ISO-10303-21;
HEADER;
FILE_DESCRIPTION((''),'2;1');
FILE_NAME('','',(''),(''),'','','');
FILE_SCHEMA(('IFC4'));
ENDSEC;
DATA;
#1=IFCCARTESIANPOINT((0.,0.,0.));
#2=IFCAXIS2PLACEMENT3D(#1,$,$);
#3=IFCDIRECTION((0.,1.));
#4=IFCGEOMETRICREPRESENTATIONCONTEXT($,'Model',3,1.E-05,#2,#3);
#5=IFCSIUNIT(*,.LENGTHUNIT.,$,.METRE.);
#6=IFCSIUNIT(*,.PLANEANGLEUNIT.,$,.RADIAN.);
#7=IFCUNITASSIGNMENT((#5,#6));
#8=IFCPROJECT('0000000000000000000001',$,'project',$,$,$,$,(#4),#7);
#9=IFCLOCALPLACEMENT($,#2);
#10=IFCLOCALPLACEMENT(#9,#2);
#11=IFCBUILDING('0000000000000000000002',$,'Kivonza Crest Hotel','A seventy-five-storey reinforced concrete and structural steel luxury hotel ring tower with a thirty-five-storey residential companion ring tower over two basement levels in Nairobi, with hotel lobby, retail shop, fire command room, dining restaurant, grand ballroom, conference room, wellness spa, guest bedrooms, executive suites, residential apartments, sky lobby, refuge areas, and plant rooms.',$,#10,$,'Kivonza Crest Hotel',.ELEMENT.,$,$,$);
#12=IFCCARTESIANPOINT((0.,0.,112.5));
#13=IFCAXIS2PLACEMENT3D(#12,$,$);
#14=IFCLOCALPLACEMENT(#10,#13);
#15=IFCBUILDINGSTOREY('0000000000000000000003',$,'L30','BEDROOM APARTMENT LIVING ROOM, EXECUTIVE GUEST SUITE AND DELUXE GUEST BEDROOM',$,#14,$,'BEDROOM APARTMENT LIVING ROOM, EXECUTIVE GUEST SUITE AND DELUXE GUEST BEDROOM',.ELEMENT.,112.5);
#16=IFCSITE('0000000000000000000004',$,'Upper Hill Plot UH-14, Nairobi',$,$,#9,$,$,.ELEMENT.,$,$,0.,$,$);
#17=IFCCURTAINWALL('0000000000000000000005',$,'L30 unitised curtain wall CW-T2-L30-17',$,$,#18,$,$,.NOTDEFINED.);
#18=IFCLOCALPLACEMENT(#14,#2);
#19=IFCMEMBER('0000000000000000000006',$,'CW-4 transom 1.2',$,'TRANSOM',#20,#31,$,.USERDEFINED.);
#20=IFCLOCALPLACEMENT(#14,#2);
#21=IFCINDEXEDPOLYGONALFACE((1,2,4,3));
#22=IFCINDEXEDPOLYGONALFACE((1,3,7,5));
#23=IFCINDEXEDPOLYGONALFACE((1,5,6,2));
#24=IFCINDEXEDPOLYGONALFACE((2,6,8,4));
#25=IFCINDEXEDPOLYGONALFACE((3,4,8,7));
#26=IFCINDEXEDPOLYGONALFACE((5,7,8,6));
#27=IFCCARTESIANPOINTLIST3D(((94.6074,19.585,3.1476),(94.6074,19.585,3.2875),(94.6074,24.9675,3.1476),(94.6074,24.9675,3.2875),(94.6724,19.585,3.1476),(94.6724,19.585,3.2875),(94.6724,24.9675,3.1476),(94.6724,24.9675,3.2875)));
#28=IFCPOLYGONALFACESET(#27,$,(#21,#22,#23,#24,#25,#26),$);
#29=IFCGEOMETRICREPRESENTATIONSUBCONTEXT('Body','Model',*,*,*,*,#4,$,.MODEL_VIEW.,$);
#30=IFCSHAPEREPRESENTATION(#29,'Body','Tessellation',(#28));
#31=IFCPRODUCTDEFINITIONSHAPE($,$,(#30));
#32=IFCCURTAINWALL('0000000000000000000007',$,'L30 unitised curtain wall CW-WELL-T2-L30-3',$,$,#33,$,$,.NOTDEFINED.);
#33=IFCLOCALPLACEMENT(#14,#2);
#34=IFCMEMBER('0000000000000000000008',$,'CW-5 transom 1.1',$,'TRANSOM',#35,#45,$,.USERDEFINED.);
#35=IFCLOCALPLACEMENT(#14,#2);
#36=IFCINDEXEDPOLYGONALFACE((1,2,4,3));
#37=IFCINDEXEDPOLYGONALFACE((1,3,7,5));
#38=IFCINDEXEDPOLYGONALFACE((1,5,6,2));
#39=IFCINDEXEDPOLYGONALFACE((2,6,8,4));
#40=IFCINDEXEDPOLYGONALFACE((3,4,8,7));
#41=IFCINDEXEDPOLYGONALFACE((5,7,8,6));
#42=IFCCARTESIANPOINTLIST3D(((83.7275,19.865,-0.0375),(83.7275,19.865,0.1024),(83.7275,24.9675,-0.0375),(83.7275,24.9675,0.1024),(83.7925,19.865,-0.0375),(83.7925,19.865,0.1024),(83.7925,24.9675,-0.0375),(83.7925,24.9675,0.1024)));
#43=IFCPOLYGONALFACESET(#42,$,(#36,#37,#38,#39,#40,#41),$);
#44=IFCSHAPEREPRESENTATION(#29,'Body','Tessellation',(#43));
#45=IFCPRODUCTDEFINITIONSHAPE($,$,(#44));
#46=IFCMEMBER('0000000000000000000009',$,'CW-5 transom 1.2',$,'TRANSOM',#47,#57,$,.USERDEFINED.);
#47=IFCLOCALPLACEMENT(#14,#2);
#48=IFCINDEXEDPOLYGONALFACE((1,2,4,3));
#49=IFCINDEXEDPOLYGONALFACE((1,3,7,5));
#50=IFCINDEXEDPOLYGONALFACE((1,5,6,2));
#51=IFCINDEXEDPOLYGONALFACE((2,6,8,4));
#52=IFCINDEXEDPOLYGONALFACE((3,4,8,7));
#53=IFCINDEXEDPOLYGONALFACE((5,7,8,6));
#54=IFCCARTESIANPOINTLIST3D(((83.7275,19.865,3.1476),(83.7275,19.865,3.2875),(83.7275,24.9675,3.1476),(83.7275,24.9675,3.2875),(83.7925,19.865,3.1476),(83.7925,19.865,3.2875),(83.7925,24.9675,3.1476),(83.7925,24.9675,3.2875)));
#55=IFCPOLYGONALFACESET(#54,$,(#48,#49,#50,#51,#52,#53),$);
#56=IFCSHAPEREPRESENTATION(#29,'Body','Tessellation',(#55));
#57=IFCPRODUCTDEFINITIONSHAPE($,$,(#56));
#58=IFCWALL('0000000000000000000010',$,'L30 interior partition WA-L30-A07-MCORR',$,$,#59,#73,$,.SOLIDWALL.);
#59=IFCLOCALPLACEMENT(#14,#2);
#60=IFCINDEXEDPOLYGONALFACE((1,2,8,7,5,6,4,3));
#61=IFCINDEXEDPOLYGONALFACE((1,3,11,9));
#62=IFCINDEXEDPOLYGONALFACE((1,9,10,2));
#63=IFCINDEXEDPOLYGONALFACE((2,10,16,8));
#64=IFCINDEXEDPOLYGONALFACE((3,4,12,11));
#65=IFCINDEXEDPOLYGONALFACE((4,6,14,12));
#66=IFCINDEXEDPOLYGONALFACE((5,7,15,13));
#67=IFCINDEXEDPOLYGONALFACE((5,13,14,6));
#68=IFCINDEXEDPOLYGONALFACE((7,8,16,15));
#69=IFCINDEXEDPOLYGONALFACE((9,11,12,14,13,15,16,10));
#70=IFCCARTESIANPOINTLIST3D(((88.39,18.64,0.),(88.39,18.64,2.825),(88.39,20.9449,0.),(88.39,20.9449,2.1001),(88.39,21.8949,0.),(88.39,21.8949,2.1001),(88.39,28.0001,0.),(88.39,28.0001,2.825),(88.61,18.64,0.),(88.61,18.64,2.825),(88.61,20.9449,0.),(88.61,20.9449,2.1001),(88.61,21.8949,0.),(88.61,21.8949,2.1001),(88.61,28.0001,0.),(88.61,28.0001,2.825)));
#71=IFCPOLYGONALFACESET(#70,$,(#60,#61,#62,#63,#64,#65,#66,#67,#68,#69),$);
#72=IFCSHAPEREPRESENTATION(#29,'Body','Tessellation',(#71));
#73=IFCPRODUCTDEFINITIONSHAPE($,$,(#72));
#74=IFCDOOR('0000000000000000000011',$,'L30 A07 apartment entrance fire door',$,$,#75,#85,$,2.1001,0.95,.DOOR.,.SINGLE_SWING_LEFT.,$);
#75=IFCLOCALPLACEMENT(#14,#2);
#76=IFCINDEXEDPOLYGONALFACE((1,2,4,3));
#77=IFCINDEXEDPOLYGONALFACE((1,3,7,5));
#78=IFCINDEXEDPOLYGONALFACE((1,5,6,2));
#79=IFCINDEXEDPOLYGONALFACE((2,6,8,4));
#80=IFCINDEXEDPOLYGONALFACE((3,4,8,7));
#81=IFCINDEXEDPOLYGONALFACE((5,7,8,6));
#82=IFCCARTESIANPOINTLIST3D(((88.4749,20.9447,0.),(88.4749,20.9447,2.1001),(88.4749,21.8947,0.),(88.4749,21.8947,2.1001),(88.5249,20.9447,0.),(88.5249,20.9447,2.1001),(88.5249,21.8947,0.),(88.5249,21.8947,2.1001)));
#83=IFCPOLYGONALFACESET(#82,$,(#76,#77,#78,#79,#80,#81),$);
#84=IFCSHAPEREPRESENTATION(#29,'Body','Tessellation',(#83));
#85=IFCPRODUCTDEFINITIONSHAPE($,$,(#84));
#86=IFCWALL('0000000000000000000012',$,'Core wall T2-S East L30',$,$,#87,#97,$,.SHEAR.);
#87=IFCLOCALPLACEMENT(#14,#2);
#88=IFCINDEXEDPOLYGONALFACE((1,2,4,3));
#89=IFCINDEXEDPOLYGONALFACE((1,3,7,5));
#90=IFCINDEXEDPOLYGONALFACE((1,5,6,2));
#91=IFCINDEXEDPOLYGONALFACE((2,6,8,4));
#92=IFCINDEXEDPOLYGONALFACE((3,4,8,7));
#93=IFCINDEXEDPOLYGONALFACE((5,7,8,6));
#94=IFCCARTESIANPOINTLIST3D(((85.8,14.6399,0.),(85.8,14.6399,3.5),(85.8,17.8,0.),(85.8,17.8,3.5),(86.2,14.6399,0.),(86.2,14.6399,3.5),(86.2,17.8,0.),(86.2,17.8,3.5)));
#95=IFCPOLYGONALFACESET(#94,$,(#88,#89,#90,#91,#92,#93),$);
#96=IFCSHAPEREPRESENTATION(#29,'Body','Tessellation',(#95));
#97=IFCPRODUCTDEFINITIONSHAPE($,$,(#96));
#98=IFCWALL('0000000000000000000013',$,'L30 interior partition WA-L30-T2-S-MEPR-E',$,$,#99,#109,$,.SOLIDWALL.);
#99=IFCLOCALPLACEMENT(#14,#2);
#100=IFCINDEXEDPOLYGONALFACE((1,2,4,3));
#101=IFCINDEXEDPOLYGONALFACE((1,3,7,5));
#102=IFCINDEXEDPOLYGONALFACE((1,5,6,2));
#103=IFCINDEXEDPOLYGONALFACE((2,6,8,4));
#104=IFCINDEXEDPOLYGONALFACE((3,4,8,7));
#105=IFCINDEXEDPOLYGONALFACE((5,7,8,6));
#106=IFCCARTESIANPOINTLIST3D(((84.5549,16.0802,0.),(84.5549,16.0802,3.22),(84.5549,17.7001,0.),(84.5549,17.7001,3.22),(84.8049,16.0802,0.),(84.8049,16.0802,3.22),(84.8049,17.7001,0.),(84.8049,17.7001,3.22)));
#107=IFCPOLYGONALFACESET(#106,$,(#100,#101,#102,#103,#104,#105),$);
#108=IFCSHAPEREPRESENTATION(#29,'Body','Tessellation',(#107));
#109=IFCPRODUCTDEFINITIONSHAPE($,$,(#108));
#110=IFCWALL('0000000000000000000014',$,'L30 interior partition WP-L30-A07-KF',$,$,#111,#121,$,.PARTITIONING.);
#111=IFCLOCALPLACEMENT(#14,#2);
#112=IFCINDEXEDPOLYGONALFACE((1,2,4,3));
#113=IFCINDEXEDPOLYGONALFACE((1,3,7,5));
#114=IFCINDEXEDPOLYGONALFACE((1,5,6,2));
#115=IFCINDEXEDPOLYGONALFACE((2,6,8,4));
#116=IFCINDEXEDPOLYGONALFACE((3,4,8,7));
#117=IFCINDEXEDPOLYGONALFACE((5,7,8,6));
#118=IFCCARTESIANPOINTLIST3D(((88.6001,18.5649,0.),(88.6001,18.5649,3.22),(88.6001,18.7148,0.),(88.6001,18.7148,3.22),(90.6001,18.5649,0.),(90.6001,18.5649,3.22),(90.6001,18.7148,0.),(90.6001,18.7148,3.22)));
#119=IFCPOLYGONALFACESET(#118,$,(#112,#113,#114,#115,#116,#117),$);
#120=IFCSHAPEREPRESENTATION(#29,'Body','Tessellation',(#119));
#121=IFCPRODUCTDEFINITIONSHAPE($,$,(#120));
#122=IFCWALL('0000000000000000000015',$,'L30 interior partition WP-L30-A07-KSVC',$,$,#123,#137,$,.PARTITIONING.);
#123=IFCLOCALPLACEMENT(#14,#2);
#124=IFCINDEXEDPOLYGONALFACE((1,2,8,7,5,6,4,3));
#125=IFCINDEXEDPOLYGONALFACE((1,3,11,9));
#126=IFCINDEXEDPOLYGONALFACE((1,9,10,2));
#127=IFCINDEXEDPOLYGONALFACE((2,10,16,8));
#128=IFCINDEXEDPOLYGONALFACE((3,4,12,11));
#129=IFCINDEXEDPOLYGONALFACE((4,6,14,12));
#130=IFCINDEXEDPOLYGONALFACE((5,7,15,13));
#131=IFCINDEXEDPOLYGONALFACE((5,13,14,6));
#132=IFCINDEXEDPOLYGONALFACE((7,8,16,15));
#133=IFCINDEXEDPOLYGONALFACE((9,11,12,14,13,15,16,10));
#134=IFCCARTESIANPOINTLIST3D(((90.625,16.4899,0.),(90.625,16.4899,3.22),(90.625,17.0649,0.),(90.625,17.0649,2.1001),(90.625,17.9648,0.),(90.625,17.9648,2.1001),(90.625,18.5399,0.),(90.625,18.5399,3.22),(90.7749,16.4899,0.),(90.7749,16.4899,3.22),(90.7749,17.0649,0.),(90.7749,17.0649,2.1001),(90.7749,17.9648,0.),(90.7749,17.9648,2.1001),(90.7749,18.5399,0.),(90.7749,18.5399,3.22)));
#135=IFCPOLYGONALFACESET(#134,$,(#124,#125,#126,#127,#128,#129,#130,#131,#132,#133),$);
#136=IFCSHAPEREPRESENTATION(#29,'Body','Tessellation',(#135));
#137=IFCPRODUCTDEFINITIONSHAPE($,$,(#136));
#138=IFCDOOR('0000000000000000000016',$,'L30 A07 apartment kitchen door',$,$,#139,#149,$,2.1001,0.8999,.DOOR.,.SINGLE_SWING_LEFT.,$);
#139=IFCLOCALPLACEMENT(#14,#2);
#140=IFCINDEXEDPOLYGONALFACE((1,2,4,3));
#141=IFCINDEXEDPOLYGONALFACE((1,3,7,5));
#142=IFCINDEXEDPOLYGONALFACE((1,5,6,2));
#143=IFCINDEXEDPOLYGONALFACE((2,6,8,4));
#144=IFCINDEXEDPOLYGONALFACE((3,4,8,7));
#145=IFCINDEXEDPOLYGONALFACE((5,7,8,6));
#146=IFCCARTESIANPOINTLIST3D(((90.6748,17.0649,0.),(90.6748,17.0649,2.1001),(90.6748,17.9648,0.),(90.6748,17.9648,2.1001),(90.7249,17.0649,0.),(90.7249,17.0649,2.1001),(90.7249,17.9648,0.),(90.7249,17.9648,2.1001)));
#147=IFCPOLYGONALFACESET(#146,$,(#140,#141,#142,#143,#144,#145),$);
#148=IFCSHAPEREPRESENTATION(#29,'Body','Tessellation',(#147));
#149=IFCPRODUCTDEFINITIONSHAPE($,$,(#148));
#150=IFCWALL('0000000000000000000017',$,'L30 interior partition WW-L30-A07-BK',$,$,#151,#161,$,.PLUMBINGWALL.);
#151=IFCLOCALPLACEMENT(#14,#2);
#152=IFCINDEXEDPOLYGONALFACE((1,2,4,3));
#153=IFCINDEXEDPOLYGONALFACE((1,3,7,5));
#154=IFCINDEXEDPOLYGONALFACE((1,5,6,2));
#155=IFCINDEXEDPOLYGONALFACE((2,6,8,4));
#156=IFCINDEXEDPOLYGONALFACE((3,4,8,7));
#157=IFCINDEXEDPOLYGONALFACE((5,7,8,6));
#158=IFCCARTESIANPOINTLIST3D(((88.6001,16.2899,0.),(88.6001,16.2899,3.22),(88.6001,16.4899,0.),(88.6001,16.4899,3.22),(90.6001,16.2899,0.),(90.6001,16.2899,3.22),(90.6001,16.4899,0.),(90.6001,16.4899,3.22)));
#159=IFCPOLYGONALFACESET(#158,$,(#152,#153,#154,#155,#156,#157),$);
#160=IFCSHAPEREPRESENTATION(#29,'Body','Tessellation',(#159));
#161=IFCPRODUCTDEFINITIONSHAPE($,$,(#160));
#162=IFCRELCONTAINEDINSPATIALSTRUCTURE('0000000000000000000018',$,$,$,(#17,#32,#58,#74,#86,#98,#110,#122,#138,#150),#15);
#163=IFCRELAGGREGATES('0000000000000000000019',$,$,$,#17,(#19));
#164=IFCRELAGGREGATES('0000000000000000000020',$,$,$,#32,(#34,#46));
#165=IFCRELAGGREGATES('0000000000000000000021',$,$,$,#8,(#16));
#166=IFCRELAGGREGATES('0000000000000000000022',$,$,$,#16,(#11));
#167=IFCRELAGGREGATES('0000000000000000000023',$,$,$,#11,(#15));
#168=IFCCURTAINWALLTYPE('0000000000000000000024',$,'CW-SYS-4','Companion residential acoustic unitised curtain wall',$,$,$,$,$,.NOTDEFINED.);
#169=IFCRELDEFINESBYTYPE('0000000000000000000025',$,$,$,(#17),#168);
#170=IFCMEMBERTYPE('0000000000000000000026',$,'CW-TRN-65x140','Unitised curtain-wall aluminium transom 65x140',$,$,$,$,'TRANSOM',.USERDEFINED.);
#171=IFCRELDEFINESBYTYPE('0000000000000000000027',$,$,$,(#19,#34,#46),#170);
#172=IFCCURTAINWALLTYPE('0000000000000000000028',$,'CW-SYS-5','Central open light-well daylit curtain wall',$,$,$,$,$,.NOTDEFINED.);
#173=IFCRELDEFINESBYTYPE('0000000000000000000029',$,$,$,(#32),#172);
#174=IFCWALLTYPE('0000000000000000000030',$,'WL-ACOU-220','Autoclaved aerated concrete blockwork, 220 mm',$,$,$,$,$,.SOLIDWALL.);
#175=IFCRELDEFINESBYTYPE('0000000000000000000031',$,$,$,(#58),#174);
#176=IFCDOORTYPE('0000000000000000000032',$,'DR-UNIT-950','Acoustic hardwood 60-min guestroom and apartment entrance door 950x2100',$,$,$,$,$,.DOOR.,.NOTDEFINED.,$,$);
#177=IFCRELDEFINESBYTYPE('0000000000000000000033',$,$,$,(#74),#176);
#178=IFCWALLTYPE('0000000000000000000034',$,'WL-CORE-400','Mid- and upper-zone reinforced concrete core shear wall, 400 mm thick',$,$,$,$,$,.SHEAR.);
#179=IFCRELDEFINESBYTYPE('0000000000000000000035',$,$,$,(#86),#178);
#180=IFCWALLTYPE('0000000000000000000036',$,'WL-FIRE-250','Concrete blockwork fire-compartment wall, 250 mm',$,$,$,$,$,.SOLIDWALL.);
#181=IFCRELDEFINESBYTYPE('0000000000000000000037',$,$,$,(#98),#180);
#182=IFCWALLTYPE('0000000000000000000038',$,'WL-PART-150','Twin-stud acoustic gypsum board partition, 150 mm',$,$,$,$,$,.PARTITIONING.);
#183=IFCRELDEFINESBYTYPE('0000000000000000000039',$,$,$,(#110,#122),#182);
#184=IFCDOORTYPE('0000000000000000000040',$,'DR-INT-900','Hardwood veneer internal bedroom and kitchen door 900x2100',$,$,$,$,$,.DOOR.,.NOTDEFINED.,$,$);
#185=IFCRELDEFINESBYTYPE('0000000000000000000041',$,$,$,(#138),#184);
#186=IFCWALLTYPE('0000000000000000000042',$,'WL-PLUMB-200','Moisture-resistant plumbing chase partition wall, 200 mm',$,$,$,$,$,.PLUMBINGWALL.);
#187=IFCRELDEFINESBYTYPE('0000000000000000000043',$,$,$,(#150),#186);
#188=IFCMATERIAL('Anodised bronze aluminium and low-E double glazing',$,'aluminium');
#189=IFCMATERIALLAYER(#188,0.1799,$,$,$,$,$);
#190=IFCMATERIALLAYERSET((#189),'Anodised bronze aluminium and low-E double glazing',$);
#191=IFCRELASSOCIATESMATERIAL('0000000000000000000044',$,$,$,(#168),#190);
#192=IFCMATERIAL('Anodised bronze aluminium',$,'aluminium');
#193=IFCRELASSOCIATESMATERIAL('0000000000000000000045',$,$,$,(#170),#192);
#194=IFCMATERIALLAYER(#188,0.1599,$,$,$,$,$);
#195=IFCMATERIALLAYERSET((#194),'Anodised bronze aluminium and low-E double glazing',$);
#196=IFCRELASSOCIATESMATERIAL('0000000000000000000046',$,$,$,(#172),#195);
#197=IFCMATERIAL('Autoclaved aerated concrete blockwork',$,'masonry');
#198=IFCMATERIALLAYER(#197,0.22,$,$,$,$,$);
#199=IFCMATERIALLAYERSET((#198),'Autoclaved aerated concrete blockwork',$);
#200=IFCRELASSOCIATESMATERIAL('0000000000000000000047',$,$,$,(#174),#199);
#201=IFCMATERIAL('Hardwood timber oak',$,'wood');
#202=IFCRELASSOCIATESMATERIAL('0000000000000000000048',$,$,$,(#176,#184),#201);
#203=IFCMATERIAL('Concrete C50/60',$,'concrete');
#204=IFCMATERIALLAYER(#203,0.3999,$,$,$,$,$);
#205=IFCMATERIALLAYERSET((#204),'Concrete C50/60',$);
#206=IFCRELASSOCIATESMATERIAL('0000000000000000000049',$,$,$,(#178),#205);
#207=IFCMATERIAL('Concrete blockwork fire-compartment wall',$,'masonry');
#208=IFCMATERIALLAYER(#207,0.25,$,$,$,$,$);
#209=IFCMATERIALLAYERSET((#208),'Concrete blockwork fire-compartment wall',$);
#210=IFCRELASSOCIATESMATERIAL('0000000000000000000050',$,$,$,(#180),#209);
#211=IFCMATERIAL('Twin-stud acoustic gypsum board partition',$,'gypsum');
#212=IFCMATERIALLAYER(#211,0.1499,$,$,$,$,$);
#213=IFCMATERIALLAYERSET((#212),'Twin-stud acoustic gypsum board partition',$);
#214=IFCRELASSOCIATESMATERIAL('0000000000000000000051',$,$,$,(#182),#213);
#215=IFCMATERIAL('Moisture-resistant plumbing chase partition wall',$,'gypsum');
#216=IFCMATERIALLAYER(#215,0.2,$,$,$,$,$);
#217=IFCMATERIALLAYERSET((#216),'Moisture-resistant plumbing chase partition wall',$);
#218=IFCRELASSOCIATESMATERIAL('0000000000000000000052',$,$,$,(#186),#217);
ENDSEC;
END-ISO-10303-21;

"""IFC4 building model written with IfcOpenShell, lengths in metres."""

from ifc_helpers import new_model, si_unit, direction, frame, frame_2d, origin, origin_2d, place, context, subcontext, project, spatial, rectangle, extrude, material, layer, layer_set, material_profile, profile_set, type_object, element, fill, aggregate, save


model = new_model("IFC4")

# Units and contexts
model_context = context("Model", 3, precision=1e-05, world=origin(), true_north=direction((0.0, 1.0)))
body_context = subcontext(model_context, "Body", "Model", "MODEL_VIEW")
ifc_project = project(units=[si_unit("LENGTHUNIT", "METRE"), si_unit("PLANEANGLEUNIT", "RADIAN")], contexts=[model_context])

# Site, building, storey
site_placement = place(None, origin())
site = spatial("IfcSite", under=ifc_project, at=site_placement, Name="Upper Hill Plot UH-14, Nairobi", CompositionType="ELEMENT", RefElevation=0.0)
building_placement = place(site_placement, origin())
building = spatial("IfcBuilding", under=site, at=building_placement, Name="Kivonza Crest Hotel", Description="A seventy-five-storey reinforced concrete and structural steel luxury hotel ring tower with a thirty-five-storey residential companion ring tower over two basement levels in Nairobi, with hotel lobby, retail shop, fire command room, dining restaurant, grand ballroom, conference room, wellness spa, guest bedrooms, executive suites, residential apartments, sky lobby, refuge areas, and plant rooms.", LongName="Kivonza Crest Hotel", CompositionType="ELEMENT")
storey_placement = place(building_placement, frame((0.0, 0.0, 112.5)))
storey = spatial("IfcBuildingStorey", under=building, at=storey_placement, Name="L30", Description="BEDROOM APARTMENT LIVING ROOM, EXECUTIVE GUEST SUITE AND DELUXE GUEST BEDROOM", LongName="BEDROOM APARTMENT LIVING ROOM, EXECUTIVE GUEST SUITE AND DELUXE GUEST BEDROOM", CompositionType="ELEMENT", Elevation=112.5)

# Shared definitions
ifc_material_1 = material(Name="Concrete C50/60", Category="concrete")

# Curtain walls, members
ifc_material_2 = material(Name="Anodised bronze aluminium and low-E double glazing", Category="aluminium")
ifc_layer_1 = layer(ifc_material_2, 0.1799)
ifc_layer_set_1 = layer_set([ifc_layer_1], Name="Anodised bronze aluminium and low-E double glazing")
curtain_wall_type_1 = type_object("IfcCurtainWallType", Name="CW-SYS-4", Description="Companion residential acoustic unitised curtain wall", PredefinedType="NOTDEFINED", material=ifc_layer_set_1)
curtain_wall_1_placement = place(storey_placement, origin())
curtain_wall_1 = element("IfcCurtainWall", 1, at=curtain_wall_1_placement, inside=storey, type_object=curtain_wall_type_1, Name="L30 unitised curtain wall CW-T2-L30-17", PredefinedType="NOTDEFINED")
ifc_material_3 = material(Name="Anodised bronze aluminium", Category="aluminium")
ifc_material_profile_1 = material_profile(ifc_material_3, rectangle(XDim=0.0649, YDim=0.1399, at=origin_2d()), Name="CW-T 65x140")
ifc_profile_set_1 = profile_set([ifc_material_profile_1], Name="Anodised bronze aluminium")
member_type_1 = type_object("IfcMemberType", Name="CW-TRN-65x140", Description="Unitised curtain-wall aluminium transom 65x140", ElementType="TRANSOM", PredefinedType="USERDEFINED", material=ifc_profile_set_1)
member_1_placement = place(storey_placement, frame((94.6399, 19.585, 3.2175), z_axis=(0.0, 1.0, 0.0), x_axis=(-1.0, 0.0, 0.0)))
member_1 = element("IfcMember", 2, at=member_1_placement, type_object=member_type_1, Name="CW-4 transom 1.2", ObjectType="TRANSOM", PredefinedType="USERDEFINED", context=body_context, shape_type="SweptSolid", body=[
    extrude(rectangle(XDim=0.0649, YDim=0.1399, at=origin_2d()), origin(), (0.0, 0.0, 1.0), 5.3826),
])
aggregate(curtain_wall_1, [member_1])
ifc_layer_2 = layer(ifc_material_2, 0.1599)
ifc_layer_set_2 = layer_set([ifc_layer_2], Name="Anodised bronze aluminium and low-E double glazing")
curtain_wall_type_2 = type_object("IfcCurtainWallType", Name="CW-SYS-5", Description="Central open light-well daylit curtain wall", PredefinedType="NOTDEFINED", material=ifc_layer_set_2)
curtain_wall_2_placement = place(storey_placement, origin())
curtain_wall_2 = element("IfcCurtainWall", 3, at=curtain_wall_2_placement, inside=storey, type_object=curtain_wall_type_2, Name="L30 unitised curtain wall CW-WELL-T2-L30-3", PredefinedType="NOTDEFINED")
member_2_placement = place(storey_placement, frame((83.76, 19.865, 0.0325), z_axis=(0.0, 1.0, 0.0), x_axis=(-1.0, 0.0, 0.0)))
member_2 = element("IfcMember", 4, at=member_2_placement, type_object=member_type_1, Name="CW-5 transom 1.1", ObjectType="TRANSOM", PredefinedType="USERDEFINED", context=body_context, shape_type="SweptSolid", body=[
    extrude(rectangle(XDim=0.0649, YDim=0.1399, at=origin_2d()), origin(), (0.0, 0.0, 1.0), 5.1025),
])
member_3_placement = place(storey_placement, frame((83.76, 19.865, 3.2175), z_axis=(0.0, 1.0, 0.0), x_axis=(-1.0, 0.0, 0.0)))
member_3 = element("IfcMember", 5, at=member_3_placement, type_object=member_type_1, Name="CW-5 transom 1.2", ObjectType="TRANSOM", PredefinedType="USERDEFINED", context=body_context, shape_type="SweptSolid", body=[
    extrude(rectangle(XDim=0.0649, YDim=0.1399, at=origin_2d()), origin(), (0.0, 0.0, 1.0), 5.1025),
])
aggregate(curtain_wall_2, [member_2, member_3])

# Wall, opening, door
ifc_material_4 = material(Name="Autoclaved aerated concrete blockwork", Category="masonry")
ifc_layer_3 = layer(ifc_material_4, 0.22)
ifc_layer_set_3 = layer_set([ifc_layer_3], Name="Autoclaved aerated concrete blockwork")
wall_type_1 = type_object("IfcWallType", Name="WL-ACOU-220", Description="Autoclaved aerated concrete blockwork, 220 mm", PredefinedType="SOLIDWALL", material=ifc_layer_set_3)
wall_1_placement = place(storey_placement, frame((88.5, 18.6399, 0.0), z_axis=(0.0, 0.0, 1.0), x_axis=(0.0, 1.0, 0.0)))
wall_1 = element("IfcWall", 6, at=wall_1_placement, inside=storey, type_object=wall_type_1, Name="L30 interior partition WA-L30-A07-MCORR", PredefinedType="SOLIDWALL", context=body_context, shape_type="SweptSolid", body=[
    extrude(rectangle(XDim=9.3601, YDim=0.22, at=frame_2d((4.6802, 0.0))), origin(), (0.0, 0.0, 1.0), 2.825),
])
opening_1_placement = place(wall_1_placement, frame((2.3049, 0.0, 0.0)))
opening_1 = element("IfcOpeningElement", 7, at=opening_1_placement, cuts=wall_1, PredefinedType="OPENING", context=body_context, shape_type="SweptSolid", body=[
    extrude(rectangle(XDim=0.95, YDim=2.1001, at=frame_2d((0.4751, 1.05))), frame((0.0, 0.1201, 0.0), z_axis=(0.0, -1.0, 0.0), x_axis=(1.0, 0.0, 0.0)), (0.0, 0.0, 1.0), 0.24),
])
ifc_material_5 = material(Name="Hardwood timber oak", Category="wood")
door_type_1 = type_object("IfcDoorType", Name="DR-UNIT-950", Description="Acoustic hardwood 60-min guestroom and apartment entrance door 950x2100", OperationType="NOTDEFINED", PredefinedType="DOOR", material=ifc_material_5)
door_1_placement = place(opening_1_placement, frame((0.95, 0.0, 0.0), z_axis=(0.0, 0.0, 1.0), x_axis=(-1.0, 0.0, 0.0)))
door_1 = element("IfcDoor", 8, at=door_1_placement, inside=storey, type_object=door_type_1, Name="L30 A07 apartment entrance fire door", OperationType="SINGLE_SWING_LEFT", OverallHeight=2.1001, OverallWidth=0.95, PredefinedType="DOOR", context=body_context, shape_type="SweptSolid", body=[
    extrude(rectangle(XDim=0.95, YDim=2.1001, at=frame_2d((0.4751, 1.05))), frame((0.0, 0.0249, 0.0), z_axis=(0.0, -1.0, 0.0), x_axis=(1.0, 0.0, 0.0)), (0.0, 0.0, 1.0), 0.05),
])
fill(opening_1, door_1)

# Walls
ifc_layer_4 = layer(ifc_material_1, 0.3999)
ifc_layer_set_4 = layer_set([ifc_layer_4], Name="Concrete C50/60")
wall_type_2 = type_object("IfcWallType", Name="WL-CORE-400", Description="Mid- and upper-zone reinforced concrete core shear wall, 400 mm thick", PredefinedType="SHEAR", material=ifc_layer_set_4)
wall_2_placement = place(storey_placement, frame((86.0, 14.6399, 0.0), z_axis=(0.0, 0.0, 1.0), x_axis=(0.0, 1.0, 0.0)))
element("IfcWall", 9, at=wall_2_placement, inside=storey, type_object=wall_type_2, Name="Core wall T2-S East L30", PredefinedType="SHEAR", context=body_context, shape_type="SweptSolid", body=[
    extrude(rectangle(XDim=3.1602, YDim=0.3999, at=frame_2d((1.5801, 0.0))), origin(), (0.0, 0.0, 1.0), 3.5),
])
ifc_material_6 = material(Name="Concrete blockwork fire-compartment wall", Category="masonry")
ifc_layer_5 = layer(ifc_material_6, 0.25)
ifc_layer_set_5 = layer_set([ifc_layer_5], Name="Concrete blockwork fire-compartment wall")
wall_type_3 = type_object("IfcWallType", Name="WL-FIRE-250", Description="Concrete blockwork fire-compartment wall, 250 mm", PredefinedType="SOLIDWALL", material=ifc_layer_set_5)
wall_3_placement = place(storey_placement, frame((84.6799, 16.0801, 0.0), z_axis=(0.0, 0.0, 1.0), x_axis=(0.0, 1.0, 0.0)))
element("IfcWall", 10, at=wall_3_placement, inside=storey, type_object=wall_type_3, Name="L30 interior partition WA-L30-T2-S-MEPR-E", PredefinedType="SOLIDWALL", context=body_context, shape_type="SweptSolid", body=[
    extrude(rectangle(XDim=1.6199, YDim=0.25, at=frame_2d((0.8101, 0.0))), origin(), (0.0, 0.0, 1.0), 3.22),
])
ifc_material_7 = material(Name="Twin-stud acoustic gypsum board partition", Category="gypsum")
ifc_layer_6 = layer(ifc_material_7, 0.1499)
ifc_layer_set_6 = layer_set([ifc_layer_6], Name="Twin-stud acoustic gypsum board partition")
wall_type_4 = type_object("IfcWallType", Name="WL-PART-150", Description="Twin-stud acoustic gypsum board partition, 150 mm", PredefinedType="PARTITIONING", material=ifc_layer_set_6)
wall_4_placement = place(storey_placement, frame((88.6001, 18.6399, 0.0), z_axis=(0.0, 0.0, 1.0), x_axis=(1.0, 0.0, 0.0)))
element("IfcWall", 11, at=wall_4_placement, inside=storey, type_object=wall_type_4, Name="L30 interior partition WP-L30-A07-KF", PredefinedType="PARTITIONING", context=body_context, shape_type="SweptSolid", body=[
    extrude(rectangle(XDim=2.0, YDim=0.1499, at=frame_2d((1.0, 0.0))), origin(), (0.0, 0.0, 1.0), 3.22),
])

# Wall, opening, door
wall_5_placement = place(storey_placement, frame((90.7, 16.49, 0.0), z_axis=(0.0, 0.0, 1.0), x_axis=(0.0, 1.0, 0.0)))
wall_5 = element("IfcWall", 12, at=wall_5_placement, inside=storey, type_object=wall_type_4, Name="L30 interior partition WP-L30-A07-KSVC", PredefinedType="PARTITIONING", context=body_context, shape_type="SweptSolid", body=[
    extrude(rectangle(XDim=2.05, YDim=0.1499, at=frame_2d((1.0249, 0.0))), origin(), (0.0, 0.0, 1.0), 3.22),
])
opening_2_placement = place(wall_5_placement, frame((0.575, 0.0, 0.0)))
opening_2 = element("IfcOpeningElement", 13, at=opening_2_placement, cuts=wall_5, PredefinedType="OPENING", context=body_context, shape_type="SweptSolid", body=[
    extrude(rectangle(XDim=0.8999, YDim=2.1001, at=frame_2d((0.45, 1.05))), frame((0.0, 0.085, 0.0), z_axis=(0.0, -1.0, 0.0), x_axis=(1.0, 0.0, 0.0)), (0.0, 0.0, 1.0), 0.1699),
])
door_type_2 = type_object("IfcDoorType", Name="DR-INT-900", Description="Hardwood veneer internal bedroom and kitchen door 900x2100", OperationType="NOTDEFINED", PredefinedType="DOOR", material=ifc_material_5)
door_2_placement = place(opening_2_placement, frame((0.8999, 0.0, 0.0), z_axis=(0.0, 0.0, 1.0), x_axis=(-1.0, 0.0, 0.0)))
door_2 = element("IfcDoor", 14, at=door_2_placement, inside=storey, type_object=door_type_2, Name="L30 A07 apartment kitchen door", OperationType="SINGLE_SWING_LEFT", OverallHeight=2.1001, OverallWidth=0.8999, PredefinedType="DOOR", context=body_context, shape_type="SweptSolid", body=[
    extrude(rectangle(XDim=0.8999, YDim=2.1001, at=frame_2d((0.45, 1.05))), frame((0.0, 0.0249, 0.0), z_axis=(0.0, -1.0, 0.0), x_axis=(1.0, 0.0, 0.0)), (0.0, 0.0, 1.0), 0.05),
])
fill(opening_2, door_2)

# Wall
ifc_material_8 = material(Name="Moisture-resistant plumbing chase partition wall", Category="gypsum")
ifc_layer_7 = layer(ifc_material_8, 0.2)
ifc_layer_set_7 = layer_set([ifc_layer_7], Name="Moisture-resistant plumbing chase partition wall")
wall_type_5 = type_object("IfcWallType", Name="WL-PLUMB-200", Description="Moisture-resistant plumbing chase partition wall, 200 mm", PredefinedType="PLUMBINGWALL", material=ifc_layer_set_7)
wall_6_placement = place(storey_placement, frame((88.6001, 16.3899, 0.0), z_axis=(0.0, 0.0, 1.0), x_axis=(1.0, 0.0, 0.0)))
element("IfcWall", 15, at=wall_6_placement, inside=storey, type_object=wall_type_5, Name="L30 interior partition WW-L30-A07-BK", PredefinedType="PLUMBINGWALL", context=body_context, shape_type="SweptSolid", body=[
    extrude(rectangle(XDim=2.0, YDim=0.2, at=frame_2d((1.0, 0.0))), origin(), (0.0, 0.0, 1.0), 3.22),
])

save(model, "model.ifc")
